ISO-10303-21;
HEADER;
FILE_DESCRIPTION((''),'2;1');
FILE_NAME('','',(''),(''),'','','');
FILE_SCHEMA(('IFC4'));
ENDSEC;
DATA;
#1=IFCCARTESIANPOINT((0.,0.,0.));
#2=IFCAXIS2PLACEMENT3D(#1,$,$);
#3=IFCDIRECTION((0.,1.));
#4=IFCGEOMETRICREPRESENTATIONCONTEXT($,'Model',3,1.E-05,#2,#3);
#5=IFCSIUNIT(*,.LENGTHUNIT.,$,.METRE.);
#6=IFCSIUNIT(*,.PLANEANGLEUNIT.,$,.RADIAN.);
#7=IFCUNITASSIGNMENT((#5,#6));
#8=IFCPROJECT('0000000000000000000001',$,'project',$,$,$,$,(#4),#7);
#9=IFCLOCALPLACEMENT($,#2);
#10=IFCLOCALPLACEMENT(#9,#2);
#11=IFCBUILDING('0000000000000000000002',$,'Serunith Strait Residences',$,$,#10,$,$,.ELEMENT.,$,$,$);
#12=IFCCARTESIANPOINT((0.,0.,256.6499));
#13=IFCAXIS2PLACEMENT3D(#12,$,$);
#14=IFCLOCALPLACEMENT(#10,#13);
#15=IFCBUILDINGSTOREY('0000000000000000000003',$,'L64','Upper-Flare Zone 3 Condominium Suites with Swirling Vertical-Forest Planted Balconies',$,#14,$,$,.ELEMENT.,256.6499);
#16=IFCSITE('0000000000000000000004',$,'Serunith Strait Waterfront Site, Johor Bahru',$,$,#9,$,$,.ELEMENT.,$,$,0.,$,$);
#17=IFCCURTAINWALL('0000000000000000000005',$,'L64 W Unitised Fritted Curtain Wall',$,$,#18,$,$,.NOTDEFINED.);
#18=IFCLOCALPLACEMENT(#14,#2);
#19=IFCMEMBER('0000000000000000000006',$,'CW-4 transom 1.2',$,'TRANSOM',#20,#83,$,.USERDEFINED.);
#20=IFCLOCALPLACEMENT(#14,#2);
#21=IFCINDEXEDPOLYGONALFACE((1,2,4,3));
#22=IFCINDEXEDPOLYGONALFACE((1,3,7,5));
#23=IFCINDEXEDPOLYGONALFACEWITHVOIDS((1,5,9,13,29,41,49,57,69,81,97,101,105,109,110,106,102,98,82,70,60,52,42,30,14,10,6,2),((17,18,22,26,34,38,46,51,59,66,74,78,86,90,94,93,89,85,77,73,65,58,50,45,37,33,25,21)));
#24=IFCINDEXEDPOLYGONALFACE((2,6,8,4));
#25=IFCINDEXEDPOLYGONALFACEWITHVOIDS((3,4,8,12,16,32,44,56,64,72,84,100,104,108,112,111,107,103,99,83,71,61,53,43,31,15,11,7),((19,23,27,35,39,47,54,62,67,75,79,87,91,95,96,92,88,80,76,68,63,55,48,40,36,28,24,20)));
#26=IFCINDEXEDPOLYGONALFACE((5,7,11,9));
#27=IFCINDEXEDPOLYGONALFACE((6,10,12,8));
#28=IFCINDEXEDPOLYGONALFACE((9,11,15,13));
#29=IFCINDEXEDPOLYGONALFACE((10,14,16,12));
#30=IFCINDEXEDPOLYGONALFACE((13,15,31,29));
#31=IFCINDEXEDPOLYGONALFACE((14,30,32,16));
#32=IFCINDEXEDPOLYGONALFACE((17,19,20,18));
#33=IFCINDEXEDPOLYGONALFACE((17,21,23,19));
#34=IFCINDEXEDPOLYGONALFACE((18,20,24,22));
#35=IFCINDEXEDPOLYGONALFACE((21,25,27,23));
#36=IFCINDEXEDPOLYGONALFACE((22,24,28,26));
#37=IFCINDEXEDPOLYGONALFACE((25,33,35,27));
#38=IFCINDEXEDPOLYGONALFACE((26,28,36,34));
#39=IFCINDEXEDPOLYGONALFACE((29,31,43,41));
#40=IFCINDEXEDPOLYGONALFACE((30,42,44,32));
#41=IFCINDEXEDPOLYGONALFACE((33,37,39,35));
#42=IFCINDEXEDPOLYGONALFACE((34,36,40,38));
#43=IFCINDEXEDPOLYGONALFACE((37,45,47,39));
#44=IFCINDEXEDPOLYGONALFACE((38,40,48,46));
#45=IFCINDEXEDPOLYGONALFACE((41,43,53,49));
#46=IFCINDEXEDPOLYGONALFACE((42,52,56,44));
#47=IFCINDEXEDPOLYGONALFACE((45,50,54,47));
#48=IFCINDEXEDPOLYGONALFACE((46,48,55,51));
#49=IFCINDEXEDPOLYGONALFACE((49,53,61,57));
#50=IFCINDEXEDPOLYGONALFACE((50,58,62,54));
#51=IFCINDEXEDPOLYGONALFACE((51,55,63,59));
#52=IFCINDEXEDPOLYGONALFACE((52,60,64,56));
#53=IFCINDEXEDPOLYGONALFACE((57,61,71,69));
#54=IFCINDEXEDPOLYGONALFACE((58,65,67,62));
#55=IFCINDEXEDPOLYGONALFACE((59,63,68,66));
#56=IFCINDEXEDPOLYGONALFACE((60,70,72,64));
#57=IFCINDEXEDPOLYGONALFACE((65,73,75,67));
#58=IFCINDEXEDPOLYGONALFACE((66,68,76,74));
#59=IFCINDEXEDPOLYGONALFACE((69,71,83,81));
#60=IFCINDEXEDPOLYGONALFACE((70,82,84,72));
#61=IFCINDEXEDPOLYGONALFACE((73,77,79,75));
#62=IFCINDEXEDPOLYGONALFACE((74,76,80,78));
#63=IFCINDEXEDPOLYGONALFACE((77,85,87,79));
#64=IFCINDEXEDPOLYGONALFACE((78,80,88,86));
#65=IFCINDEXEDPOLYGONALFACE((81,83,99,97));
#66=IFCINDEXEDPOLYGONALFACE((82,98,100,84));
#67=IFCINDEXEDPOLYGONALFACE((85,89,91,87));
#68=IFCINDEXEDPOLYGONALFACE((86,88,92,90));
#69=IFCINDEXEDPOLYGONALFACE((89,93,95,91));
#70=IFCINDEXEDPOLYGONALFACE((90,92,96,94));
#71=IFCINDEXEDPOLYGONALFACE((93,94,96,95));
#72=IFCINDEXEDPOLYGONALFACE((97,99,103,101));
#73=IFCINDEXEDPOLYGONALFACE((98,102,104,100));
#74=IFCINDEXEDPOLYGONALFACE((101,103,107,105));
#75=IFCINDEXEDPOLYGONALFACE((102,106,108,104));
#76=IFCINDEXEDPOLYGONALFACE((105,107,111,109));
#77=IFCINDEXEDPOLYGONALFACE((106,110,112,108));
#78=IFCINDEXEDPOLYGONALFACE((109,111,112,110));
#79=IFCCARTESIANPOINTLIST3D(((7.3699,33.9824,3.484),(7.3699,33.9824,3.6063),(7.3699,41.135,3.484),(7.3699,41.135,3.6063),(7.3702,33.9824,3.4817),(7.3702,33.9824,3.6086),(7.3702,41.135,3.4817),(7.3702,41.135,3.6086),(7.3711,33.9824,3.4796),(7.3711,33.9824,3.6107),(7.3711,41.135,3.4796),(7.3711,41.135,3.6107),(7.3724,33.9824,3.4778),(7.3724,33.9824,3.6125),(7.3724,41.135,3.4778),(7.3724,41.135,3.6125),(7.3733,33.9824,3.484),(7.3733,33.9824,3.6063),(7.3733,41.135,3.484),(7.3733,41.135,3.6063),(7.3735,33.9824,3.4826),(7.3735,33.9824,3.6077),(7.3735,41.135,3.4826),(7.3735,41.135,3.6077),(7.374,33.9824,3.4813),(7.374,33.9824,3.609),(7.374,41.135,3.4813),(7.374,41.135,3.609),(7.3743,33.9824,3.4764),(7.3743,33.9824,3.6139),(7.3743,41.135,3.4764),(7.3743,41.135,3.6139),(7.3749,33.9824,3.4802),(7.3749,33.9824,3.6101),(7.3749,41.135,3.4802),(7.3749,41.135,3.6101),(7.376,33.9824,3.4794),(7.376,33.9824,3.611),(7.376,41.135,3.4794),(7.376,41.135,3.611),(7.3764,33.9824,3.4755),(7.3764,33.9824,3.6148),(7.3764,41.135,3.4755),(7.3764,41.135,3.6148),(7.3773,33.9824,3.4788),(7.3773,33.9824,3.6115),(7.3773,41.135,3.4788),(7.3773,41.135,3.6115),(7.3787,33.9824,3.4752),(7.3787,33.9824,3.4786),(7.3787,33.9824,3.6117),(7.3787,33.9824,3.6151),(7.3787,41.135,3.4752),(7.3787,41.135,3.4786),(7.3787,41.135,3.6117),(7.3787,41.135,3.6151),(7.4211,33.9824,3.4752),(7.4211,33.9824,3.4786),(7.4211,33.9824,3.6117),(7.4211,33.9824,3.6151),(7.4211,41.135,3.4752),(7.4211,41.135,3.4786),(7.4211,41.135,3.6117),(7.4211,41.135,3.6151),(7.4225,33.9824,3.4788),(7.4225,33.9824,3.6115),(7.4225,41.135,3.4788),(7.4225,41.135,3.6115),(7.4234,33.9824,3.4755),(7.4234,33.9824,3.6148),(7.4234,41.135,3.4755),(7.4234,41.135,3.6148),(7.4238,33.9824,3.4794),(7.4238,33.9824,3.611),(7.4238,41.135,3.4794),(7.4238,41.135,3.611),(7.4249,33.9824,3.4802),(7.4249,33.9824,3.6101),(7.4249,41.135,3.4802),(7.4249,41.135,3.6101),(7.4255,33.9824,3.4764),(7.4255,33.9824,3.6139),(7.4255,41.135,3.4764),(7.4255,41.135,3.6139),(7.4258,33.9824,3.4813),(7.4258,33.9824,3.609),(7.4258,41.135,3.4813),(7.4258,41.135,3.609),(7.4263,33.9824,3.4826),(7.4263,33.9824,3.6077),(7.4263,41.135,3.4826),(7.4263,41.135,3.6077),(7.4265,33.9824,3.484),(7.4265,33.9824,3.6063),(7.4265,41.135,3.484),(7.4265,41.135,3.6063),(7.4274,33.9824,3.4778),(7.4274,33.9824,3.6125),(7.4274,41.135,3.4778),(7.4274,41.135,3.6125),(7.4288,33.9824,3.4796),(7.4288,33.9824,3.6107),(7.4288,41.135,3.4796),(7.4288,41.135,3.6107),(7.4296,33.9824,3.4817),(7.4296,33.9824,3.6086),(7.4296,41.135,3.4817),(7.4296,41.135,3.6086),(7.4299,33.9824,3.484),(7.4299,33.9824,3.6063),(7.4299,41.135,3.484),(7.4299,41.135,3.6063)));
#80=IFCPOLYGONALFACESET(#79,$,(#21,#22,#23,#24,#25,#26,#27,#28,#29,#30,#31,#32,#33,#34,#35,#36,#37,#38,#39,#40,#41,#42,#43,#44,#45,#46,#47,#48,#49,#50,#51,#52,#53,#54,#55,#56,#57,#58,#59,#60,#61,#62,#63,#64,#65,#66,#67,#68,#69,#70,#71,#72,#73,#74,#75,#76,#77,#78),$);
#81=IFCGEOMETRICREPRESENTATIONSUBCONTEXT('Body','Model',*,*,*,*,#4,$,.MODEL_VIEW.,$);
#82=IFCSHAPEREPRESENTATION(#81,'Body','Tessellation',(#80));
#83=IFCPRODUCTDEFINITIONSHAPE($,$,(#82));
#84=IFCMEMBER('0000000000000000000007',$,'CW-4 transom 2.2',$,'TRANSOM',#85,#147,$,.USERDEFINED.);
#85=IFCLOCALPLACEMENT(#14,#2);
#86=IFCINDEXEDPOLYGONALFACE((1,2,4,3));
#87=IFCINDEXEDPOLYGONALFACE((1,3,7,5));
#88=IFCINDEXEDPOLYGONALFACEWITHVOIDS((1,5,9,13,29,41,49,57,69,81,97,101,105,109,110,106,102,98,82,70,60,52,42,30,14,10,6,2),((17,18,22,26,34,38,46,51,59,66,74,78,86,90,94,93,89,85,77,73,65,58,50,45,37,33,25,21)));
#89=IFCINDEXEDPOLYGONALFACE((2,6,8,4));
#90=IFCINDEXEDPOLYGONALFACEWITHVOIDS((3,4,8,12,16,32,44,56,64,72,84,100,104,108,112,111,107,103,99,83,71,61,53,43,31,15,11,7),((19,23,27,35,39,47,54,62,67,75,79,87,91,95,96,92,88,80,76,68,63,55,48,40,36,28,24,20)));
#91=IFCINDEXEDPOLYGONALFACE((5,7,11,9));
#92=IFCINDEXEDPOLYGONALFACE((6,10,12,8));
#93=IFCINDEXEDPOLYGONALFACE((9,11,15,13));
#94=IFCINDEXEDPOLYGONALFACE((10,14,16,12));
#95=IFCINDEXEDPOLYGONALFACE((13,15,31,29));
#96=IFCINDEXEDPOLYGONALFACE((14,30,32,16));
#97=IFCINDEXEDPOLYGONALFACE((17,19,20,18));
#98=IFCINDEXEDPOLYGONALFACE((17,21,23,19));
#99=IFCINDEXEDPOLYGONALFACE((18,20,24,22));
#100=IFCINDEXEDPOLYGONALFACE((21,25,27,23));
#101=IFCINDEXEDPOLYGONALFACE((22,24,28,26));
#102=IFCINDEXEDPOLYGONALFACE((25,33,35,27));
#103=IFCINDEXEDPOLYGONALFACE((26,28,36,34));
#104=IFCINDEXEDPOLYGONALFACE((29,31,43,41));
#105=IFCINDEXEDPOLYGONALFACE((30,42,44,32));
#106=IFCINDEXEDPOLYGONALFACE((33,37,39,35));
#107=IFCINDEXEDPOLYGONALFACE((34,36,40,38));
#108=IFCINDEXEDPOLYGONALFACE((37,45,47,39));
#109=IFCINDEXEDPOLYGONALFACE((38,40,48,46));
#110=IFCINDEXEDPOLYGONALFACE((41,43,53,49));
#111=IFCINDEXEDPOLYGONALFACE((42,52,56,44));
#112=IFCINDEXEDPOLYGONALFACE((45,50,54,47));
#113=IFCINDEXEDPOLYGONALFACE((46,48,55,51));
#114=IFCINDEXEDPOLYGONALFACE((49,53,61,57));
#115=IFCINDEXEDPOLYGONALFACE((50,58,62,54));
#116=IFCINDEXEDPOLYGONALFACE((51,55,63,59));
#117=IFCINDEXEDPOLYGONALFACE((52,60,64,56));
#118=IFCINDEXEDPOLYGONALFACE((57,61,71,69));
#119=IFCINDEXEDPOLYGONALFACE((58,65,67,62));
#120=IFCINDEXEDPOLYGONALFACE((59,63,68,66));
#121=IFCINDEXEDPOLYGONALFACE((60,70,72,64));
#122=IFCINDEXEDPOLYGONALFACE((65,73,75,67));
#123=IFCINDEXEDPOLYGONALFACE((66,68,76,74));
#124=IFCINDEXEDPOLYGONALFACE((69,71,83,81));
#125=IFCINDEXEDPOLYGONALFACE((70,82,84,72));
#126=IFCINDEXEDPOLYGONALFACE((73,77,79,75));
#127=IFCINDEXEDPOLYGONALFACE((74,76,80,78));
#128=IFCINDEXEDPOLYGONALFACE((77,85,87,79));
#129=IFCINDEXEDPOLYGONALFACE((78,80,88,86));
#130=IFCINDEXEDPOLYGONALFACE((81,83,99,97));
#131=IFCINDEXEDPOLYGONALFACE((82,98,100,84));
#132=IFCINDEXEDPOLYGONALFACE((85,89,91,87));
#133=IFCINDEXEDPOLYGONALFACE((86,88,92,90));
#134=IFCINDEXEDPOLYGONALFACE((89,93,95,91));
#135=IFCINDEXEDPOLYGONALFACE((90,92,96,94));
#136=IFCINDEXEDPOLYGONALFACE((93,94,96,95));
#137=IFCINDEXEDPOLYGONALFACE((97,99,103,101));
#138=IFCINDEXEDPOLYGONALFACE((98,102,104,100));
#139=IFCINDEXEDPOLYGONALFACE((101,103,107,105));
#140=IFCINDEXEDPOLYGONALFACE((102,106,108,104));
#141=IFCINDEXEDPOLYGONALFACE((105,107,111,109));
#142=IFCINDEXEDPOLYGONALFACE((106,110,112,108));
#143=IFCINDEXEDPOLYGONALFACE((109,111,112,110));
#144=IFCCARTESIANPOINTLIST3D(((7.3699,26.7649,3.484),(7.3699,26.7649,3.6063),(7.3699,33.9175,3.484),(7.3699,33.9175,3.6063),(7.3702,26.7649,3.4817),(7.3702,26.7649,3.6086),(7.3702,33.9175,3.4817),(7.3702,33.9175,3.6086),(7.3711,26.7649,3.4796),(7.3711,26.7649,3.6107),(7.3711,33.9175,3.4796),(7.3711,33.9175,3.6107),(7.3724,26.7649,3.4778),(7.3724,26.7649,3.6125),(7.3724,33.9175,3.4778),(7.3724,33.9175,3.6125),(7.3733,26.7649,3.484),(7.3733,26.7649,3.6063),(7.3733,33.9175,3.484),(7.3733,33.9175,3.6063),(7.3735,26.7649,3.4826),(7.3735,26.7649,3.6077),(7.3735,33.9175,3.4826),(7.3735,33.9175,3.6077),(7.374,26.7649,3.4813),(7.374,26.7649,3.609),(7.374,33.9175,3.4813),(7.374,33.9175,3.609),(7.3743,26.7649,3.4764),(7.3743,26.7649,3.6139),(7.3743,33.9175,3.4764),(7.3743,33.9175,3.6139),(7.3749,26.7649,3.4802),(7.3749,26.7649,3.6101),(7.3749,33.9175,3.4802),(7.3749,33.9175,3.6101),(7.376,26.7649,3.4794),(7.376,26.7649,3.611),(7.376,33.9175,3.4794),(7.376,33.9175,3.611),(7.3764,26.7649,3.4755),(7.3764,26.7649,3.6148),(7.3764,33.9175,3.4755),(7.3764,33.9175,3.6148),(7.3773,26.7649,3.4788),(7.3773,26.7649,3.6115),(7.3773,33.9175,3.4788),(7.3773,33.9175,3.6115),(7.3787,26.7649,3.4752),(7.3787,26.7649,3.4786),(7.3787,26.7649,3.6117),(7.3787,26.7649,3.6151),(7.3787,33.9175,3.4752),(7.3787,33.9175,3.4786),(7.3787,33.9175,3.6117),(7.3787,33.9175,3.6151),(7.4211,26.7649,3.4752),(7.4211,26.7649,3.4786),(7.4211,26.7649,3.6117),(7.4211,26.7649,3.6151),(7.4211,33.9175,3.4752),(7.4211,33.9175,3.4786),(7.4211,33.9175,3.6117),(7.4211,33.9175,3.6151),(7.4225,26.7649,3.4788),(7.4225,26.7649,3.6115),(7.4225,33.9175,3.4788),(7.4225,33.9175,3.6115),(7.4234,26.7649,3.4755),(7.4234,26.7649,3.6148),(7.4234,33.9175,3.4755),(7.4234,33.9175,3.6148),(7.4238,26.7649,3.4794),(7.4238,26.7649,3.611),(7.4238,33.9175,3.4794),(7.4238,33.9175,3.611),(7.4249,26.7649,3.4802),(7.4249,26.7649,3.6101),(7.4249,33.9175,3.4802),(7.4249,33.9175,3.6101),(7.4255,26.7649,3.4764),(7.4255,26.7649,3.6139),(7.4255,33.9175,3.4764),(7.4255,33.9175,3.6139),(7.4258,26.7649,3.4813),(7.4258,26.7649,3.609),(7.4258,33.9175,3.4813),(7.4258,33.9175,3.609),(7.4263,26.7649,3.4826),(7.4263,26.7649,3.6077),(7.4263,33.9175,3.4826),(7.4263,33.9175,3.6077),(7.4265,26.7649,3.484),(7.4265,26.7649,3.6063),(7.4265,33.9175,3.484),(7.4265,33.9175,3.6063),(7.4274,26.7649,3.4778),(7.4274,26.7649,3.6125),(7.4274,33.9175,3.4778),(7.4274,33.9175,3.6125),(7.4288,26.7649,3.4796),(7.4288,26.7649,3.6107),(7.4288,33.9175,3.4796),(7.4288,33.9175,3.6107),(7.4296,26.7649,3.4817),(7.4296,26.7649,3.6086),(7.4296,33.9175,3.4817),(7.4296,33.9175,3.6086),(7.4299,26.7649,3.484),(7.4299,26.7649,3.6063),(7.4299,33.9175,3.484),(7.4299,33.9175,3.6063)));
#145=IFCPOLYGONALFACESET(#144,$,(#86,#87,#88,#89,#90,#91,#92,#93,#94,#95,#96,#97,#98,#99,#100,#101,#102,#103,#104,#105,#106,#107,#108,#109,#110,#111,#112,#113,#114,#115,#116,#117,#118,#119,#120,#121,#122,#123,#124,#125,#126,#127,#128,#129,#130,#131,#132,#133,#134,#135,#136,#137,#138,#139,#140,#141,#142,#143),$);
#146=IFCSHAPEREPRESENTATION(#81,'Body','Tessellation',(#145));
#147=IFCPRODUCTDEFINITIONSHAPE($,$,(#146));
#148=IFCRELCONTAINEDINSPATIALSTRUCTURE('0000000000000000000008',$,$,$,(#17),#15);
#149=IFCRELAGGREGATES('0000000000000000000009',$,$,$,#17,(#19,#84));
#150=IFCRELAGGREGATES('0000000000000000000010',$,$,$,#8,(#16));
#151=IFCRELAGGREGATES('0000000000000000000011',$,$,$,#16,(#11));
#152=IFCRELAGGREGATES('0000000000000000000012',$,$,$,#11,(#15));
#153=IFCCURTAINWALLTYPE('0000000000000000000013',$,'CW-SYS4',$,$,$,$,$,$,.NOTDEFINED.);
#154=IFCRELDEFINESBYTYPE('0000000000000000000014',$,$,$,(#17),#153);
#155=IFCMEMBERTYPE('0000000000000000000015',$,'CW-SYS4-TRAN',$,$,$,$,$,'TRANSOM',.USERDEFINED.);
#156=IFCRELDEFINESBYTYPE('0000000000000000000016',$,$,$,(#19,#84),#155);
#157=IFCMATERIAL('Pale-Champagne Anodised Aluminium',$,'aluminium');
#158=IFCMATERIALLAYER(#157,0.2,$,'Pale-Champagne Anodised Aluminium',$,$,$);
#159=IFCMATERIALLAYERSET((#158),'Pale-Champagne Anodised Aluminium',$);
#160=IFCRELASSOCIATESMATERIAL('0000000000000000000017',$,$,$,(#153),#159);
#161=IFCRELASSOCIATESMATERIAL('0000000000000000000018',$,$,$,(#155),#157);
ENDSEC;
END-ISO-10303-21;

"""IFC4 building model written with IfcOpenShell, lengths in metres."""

from ifc_helpers import new_model, si_unit, direction, frame, origin, origin_2d, place, context, subcontext, project, spatial, hollow_rectangle, extrude, source, transform, mapped, material, layer, layer_set, material_profile, profile_set, type_object, element, aggregate, save


model = new_model("IFC4")

# Units and contexts
model_context = context("Model", 3, precision=1e-05, world=origin(), true_north=direction((0.0, 1.0)))
body_context = subcontext(model_context, "Body", "Model", "MODEL_VIEW")
ifc_project = project(units=[si_unit("LENGTHUNIT", "METRE"), si_unit("PLANEANGLEUNIT", "RADIAN")], contexts=[model_context])

# Site, building, storey
site_placement = place(None, origin())
site = spatial("IfcSite", under=ifc_project, at=site_placement, Name="Serunith Strait Waterfront Site, Johor Bahru", CompositionType="ELEMENT", RefElevation=0.0)
building_placement = place(site_placement, origin())
building = spatial("IfcBuilding", under=site, at=building_placement, Name="Serunith Strait Residences", CompositionType="ELEMENT")
storey_placement = place(building_placement, frame((0.0, 0.0, 256.6499)))
storey = spatial("IfcBuildingStorey", under=building, at=storey_placement, Name="L64", Description="Upper-Flare Zone 3 Condominium Suites with Swirling Vertical-Forest Planted Balconies", CompositionType="ELEMENT", Elevation=256.6499)

# Curtain wall, members
ifc_material_1 = material(Name="Pale-Champagne Anodised Aluminium", Category="aluminium")
ifc_layer_1 = layer(ifc_material_1, 0.2, Name="Pale-Champagne Anodised Aluminium")
ifc_layer_set_1 = layer_set([ifc_layer_1], Name="Pale-Champagne Anodised Aluminium")
curtain_wall_type = type_object("IfcCurtainWallType", Name="CW-SYS4", PredefinedType="NOTDEFINED", material=ifc_layer_set_1)
curtain_wall_placement = place(storey_placement, origin())
curtain_wall = element("IfcCurtainWall", 1, at=curtain_wall_placement, inside=storey, type_object=curtain_wall_type, Name="L64 W Unitised Fritted Curtain Wall", PredefinedType="NOTDEFINED")
ifc_material_profile_1 = material_profile(ifc_material_1, hollow_rectangle(XDim=0.0601, YDim=0.1399, WallThickness=0.0034, InnerFilletRadius=0.0054, OuterFilletRadius=0.0088, at=origin_2d()), Name="ALU 140x60x3.5")
ifc_profile_set_1 = profile_set([ifc_material_profile_1], Name="Pale-Champagne Anodised Aluminium")
member_type_1 = type_object("IfcMemberType", Name="CW-SYS4-TRAN", ElementType="TRANSOM", PredefinedType="USERDEFINED", material=ifc_profile_set_1)
shared_shape_1 = source(origin(), body_context, "Body", "SweptSolid", [
    extrude(hollow_rectangle(XDim=0.0601, YDim=0.1399, WallThickness=0.0034, InnerFilletRadius=0.0054, OuterFilletRadius=0.0088, at=origin_2d()), origin(), (0.0, 0.0, 1.0), 7.1526),
])
member_1_placement = place(storey_placement, frame((7.3999, 41.135, 3.5452), z_axis=(0.0, -1.0, 0.0), x_axis=(1.0, 0.0, 0.0)))
member_1 = element("IfcMember", 2, at=member_1_placement, type_object=member_type_1, Name="CW-4 transom 1.2", ObjectType="TRANSOM", PredefinedType="USERDEFINED", context=body_context, shape_type="MappedRepresentation", body=[
    mapped(shared_shape_1, transform((0.0, 0.0, 0.0), scale=1.0)),
])
member_2_placement = place(storey_placement, frame((7.3999, 33.9175, 3.5452), z_axis=(0.0, -1.0, 0.0), x_axis=(1.0, 0.0, 0.0)))
member_2 = element("IfcMember", 3, at=member_2_placement, type_object=member_type_1, Name="CW-4 transom 2.2", ObjectType="TRANSOM", PredefinedType="USERDEFINED", context=body_context, shape_type="MappedRepresentation", body=[
    mapped(shared_shape_1, transform((0.0, 0.0, 0.0), scale=1.0)),
])
aggregate(curtain_wall, [member_1, member_2])

save(model, "model.ifc")
